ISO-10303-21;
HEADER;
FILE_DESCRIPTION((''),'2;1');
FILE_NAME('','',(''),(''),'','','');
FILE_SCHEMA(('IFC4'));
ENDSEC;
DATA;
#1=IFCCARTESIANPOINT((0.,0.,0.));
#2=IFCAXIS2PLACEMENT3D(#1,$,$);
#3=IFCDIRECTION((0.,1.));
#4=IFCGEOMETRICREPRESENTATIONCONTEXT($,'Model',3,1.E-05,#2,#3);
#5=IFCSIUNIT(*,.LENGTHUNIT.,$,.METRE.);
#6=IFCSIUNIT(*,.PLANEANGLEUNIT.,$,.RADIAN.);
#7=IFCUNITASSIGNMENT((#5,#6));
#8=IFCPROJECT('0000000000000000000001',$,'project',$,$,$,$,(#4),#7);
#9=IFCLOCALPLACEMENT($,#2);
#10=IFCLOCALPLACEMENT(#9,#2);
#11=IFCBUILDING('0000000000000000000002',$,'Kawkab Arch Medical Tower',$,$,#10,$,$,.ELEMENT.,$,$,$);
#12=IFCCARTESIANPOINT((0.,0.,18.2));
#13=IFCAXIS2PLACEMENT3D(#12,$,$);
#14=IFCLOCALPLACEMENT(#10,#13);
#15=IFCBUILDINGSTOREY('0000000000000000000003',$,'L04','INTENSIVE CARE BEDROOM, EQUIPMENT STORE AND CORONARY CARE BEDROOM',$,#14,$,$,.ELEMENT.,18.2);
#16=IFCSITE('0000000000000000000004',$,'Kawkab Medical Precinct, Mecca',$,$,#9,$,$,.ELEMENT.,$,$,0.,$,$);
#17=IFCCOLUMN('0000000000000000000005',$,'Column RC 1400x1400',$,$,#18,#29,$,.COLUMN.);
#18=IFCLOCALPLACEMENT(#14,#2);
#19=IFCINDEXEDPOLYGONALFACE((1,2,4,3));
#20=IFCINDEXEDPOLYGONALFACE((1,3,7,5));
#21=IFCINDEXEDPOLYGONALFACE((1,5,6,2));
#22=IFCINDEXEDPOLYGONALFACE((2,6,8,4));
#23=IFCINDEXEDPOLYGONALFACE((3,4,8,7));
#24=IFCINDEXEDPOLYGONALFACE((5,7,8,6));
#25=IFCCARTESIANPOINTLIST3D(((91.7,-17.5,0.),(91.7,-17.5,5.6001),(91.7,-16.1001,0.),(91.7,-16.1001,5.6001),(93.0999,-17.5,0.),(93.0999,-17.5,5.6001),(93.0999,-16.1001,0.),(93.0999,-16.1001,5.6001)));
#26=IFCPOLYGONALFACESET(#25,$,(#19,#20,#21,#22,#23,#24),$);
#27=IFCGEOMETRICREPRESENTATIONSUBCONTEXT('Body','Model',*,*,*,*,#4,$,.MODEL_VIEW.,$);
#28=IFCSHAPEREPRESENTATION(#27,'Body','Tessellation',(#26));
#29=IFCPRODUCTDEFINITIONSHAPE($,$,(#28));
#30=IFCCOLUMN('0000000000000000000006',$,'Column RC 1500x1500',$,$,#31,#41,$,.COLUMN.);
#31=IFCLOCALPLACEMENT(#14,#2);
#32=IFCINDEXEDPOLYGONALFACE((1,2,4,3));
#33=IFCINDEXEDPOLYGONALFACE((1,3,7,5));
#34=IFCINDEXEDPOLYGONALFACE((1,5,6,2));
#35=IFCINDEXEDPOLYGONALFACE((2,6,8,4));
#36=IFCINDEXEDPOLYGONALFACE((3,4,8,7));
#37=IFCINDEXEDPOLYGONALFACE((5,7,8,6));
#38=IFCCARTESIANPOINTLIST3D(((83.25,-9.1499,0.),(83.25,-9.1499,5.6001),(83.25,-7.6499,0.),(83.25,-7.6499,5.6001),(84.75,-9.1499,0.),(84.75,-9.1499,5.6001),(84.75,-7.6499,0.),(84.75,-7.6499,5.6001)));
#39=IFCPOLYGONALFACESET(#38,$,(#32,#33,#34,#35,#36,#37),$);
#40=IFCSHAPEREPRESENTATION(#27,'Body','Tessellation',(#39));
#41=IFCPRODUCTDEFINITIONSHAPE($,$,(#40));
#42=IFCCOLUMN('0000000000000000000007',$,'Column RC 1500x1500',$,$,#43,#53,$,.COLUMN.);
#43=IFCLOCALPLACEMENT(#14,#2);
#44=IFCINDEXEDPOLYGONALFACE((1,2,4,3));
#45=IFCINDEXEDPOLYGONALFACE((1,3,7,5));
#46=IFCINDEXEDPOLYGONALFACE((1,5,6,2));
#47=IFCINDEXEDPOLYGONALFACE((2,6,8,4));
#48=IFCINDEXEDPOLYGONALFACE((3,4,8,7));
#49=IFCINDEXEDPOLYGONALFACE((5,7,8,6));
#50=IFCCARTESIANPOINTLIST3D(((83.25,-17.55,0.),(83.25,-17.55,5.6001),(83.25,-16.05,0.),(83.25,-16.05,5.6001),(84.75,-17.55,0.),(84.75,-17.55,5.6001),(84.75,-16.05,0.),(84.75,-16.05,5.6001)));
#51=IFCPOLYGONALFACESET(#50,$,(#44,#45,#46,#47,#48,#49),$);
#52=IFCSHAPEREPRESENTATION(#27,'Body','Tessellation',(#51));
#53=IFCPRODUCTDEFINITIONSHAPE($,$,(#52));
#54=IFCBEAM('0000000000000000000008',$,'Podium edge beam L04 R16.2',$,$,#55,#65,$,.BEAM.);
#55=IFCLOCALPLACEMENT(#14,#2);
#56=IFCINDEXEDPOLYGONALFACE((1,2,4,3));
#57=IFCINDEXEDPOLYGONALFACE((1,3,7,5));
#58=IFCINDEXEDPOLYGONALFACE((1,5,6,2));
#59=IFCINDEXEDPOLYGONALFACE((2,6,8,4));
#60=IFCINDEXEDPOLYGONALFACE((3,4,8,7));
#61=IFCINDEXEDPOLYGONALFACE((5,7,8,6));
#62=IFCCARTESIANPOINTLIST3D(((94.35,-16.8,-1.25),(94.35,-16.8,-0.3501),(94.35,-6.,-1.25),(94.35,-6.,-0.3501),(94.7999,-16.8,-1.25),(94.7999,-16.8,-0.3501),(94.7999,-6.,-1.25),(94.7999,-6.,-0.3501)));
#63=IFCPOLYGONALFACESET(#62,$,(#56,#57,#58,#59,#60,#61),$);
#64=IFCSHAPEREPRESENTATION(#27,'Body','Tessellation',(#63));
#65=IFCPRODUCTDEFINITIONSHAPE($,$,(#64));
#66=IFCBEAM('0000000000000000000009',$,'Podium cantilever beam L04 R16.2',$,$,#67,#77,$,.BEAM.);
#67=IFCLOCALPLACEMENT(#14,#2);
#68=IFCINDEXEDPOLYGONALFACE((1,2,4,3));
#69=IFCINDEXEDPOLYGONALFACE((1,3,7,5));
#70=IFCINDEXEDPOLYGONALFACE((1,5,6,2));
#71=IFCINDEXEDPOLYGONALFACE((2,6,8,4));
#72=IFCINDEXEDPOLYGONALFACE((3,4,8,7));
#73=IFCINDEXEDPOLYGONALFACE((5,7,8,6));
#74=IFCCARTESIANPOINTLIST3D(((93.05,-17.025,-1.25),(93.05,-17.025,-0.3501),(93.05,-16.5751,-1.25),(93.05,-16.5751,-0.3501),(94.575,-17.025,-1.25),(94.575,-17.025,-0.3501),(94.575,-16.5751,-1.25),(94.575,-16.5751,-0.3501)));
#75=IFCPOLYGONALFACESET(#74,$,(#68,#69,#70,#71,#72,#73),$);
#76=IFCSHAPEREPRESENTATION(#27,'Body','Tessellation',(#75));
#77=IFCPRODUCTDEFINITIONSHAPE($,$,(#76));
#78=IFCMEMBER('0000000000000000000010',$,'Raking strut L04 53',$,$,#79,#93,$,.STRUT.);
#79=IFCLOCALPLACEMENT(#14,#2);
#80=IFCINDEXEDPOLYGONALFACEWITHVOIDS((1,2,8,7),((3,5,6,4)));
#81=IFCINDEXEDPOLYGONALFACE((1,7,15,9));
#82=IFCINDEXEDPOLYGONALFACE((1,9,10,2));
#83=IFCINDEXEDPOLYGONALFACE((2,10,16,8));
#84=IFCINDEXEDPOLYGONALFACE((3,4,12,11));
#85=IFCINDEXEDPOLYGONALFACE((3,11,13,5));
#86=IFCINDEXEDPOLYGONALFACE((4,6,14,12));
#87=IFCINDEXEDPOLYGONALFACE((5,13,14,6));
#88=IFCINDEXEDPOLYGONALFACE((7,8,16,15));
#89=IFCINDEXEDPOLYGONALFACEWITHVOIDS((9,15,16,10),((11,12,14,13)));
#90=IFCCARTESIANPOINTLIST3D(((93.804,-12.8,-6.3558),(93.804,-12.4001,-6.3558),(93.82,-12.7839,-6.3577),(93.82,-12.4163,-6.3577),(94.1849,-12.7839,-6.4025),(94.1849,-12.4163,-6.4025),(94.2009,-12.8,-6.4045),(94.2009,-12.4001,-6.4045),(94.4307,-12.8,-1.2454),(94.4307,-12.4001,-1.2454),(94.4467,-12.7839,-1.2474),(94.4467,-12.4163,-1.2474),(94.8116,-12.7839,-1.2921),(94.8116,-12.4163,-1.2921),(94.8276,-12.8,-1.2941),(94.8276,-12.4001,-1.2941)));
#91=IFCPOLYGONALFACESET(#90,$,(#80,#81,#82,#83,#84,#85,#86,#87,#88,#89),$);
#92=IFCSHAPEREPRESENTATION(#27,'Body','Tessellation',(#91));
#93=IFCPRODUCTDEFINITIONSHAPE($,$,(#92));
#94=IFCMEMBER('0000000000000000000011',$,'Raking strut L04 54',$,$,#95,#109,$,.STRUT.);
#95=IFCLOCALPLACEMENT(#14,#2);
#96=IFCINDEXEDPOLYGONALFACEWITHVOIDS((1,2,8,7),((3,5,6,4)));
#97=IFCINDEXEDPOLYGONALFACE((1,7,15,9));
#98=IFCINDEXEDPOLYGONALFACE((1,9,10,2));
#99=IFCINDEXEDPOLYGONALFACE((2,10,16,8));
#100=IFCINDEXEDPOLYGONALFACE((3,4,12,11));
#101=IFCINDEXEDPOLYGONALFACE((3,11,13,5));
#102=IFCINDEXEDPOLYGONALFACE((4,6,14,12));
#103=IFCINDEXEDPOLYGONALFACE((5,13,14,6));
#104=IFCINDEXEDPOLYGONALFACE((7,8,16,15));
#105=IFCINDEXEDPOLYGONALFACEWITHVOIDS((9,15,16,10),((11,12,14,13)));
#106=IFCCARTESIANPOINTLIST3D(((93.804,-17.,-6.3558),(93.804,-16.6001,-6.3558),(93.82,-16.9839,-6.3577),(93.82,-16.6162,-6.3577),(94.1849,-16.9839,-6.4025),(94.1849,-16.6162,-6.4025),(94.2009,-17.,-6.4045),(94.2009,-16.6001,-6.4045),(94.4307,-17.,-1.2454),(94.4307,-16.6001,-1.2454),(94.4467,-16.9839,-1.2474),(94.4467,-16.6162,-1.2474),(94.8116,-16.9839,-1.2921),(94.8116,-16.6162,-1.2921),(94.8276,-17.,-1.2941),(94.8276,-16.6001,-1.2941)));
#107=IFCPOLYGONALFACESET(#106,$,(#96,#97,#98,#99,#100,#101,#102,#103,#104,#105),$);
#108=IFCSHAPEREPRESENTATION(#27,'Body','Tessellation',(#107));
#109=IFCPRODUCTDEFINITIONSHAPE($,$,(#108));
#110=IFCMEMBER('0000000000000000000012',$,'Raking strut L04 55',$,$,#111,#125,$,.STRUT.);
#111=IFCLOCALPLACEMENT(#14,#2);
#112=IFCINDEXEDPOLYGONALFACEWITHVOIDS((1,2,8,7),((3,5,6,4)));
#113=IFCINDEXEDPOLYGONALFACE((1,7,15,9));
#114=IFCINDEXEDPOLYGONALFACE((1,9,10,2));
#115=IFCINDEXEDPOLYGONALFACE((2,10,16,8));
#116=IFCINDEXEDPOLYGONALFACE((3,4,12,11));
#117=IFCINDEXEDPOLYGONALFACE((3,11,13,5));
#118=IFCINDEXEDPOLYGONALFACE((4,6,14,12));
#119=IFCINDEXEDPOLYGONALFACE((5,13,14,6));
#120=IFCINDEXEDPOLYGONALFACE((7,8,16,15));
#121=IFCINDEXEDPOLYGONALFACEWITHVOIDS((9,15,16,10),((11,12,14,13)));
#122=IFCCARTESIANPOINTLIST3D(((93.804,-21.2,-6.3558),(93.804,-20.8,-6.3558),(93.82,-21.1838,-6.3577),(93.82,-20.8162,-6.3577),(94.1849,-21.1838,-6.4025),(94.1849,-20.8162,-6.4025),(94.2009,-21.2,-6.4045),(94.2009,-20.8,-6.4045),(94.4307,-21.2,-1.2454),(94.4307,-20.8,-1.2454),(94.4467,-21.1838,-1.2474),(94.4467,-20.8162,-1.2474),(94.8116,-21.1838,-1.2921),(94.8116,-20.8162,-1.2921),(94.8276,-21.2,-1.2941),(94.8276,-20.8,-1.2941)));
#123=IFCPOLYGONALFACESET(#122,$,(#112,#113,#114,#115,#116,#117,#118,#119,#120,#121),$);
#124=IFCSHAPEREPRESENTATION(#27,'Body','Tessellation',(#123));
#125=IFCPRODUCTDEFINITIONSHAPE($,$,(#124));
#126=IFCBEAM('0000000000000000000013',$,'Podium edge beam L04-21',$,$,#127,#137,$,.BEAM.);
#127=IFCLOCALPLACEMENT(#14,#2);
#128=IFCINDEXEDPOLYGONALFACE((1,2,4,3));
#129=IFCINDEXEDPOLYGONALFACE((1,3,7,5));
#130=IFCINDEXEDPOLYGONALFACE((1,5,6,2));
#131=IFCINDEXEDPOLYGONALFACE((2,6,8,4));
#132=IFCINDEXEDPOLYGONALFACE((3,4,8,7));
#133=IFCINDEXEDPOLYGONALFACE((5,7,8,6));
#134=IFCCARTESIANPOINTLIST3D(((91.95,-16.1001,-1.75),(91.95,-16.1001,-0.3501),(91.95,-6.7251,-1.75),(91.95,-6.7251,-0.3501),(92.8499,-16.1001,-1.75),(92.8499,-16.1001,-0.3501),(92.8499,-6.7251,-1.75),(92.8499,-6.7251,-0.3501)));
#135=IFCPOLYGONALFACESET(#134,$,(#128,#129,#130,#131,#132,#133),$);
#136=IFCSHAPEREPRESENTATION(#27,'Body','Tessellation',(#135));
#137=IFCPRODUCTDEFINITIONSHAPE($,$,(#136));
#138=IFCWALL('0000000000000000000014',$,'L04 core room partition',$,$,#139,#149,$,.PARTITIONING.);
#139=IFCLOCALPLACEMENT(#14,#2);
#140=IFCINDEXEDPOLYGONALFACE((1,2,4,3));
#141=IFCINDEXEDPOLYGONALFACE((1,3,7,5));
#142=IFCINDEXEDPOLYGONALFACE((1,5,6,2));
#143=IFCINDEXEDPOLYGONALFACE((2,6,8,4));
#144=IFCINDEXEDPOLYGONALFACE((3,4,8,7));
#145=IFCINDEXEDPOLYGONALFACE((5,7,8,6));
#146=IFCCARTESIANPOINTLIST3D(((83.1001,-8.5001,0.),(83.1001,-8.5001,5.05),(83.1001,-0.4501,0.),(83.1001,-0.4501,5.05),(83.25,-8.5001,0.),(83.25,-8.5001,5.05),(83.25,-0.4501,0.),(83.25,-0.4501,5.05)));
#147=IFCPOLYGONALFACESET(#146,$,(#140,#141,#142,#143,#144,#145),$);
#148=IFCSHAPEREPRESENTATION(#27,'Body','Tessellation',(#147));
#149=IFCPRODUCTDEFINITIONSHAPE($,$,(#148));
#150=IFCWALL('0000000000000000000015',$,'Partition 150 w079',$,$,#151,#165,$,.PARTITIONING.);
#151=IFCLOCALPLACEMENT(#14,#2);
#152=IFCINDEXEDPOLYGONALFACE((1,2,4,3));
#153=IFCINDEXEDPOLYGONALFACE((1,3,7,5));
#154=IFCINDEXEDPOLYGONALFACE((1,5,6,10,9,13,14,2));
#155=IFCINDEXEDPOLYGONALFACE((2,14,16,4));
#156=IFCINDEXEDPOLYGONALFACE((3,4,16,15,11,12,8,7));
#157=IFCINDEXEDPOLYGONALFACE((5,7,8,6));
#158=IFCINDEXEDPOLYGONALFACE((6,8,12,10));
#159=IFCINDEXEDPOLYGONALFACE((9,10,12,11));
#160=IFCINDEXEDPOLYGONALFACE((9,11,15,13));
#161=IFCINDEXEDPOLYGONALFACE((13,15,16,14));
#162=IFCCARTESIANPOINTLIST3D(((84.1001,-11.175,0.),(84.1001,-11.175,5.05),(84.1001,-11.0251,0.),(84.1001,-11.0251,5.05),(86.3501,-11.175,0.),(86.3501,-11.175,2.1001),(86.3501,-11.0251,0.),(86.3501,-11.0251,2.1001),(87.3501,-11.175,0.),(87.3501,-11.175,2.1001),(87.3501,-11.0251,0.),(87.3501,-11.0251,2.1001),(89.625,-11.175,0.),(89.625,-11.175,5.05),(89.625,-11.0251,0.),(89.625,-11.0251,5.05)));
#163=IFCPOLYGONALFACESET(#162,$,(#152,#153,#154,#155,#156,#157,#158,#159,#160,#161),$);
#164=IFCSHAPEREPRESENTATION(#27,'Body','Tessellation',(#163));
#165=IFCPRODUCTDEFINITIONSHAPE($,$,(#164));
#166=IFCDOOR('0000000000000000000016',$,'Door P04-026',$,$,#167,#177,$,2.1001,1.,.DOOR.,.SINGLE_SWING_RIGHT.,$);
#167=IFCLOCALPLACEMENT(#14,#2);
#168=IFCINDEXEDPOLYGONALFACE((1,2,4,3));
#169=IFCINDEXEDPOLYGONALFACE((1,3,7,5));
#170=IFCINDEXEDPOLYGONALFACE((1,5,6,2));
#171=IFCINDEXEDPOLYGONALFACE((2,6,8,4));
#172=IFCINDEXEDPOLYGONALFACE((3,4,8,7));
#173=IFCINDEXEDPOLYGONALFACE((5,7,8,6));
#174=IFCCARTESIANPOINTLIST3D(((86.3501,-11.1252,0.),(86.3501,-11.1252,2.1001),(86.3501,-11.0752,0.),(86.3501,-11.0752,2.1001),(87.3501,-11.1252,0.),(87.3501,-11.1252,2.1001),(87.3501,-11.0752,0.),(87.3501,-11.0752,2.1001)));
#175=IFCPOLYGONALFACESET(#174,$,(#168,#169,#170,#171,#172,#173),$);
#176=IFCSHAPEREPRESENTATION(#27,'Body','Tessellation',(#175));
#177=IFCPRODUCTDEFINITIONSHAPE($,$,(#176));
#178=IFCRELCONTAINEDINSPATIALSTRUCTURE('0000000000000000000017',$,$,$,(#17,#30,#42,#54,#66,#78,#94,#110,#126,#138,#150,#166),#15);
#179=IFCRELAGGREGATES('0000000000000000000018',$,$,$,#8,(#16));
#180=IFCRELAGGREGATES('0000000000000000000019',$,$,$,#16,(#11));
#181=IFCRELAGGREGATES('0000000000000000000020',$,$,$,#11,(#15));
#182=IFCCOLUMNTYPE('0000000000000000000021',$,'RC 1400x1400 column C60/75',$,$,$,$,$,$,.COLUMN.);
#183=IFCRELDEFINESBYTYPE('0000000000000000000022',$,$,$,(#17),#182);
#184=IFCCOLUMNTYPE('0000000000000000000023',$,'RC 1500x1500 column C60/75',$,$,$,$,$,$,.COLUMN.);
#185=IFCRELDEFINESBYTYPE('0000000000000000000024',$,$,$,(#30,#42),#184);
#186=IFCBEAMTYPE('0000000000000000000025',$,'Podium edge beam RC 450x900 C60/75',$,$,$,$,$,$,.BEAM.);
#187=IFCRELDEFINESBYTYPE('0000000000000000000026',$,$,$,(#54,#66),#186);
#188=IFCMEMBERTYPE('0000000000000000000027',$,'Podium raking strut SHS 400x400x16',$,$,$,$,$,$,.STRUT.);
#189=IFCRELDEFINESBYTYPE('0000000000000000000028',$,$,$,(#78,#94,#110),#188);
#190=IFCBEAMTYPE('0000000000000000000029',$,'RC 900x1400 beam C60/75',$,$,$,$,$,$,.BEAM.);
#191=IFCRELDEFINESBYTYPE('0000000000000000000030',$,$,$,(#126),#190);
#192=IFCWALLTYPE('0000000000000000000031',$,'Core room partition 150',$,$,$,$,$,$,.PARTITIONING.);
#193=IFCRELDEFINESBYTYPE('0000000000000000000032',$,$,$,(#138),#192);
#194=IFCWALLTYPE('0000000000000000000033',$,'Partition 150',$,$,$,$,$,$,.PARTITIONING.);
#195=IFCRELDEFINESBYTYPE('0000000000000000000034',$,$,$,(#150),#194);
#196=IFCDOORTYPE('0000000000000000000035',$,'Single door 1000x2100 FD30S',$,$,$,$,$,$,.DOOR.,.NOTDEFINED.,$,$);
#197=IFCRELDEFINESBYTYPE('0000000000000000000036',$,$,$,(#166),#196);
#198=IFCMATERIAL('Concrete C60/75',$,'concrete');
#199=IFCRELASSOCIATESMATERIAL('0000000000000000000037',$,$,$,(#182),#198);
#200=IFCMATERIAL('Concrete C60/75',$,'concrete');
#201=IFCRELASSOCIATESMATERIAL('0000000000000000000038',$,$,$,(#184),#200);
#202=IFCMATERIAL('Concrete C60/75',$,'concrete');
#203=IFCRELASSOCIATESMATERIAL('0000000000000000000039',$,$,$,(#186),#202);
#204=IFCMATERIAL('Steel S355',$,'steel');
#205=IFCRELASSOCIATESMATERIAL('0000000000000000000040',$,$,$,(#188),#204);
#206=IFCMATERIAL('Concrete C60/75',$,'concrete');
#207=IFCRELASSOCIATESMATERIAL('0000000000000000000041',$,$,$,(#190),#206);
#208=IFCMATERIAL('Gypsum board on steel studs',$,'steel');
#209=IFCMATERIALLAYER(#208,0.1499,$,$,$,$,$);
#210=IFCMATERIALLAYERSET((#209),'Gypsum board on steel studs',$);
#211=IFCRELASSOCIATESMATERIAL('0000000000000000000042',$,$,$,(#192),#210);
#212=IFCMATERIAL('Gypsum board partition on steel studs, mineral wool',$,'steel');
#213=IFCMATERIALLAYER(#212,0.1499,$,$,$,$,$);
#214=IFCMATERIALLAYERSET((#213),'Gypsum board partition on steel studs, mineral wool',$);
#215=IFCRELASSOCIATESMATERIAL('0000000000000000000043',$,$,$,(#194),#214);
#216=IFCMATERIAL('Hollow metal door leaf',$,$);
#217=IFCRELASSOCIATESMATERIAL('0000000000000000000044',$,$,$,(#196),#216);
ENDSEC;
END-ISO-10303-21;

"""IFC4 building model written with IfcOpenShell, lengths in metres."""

from ifc_helpers import new_model, si_unit, direction, frame, frame_2d, origin, origin_2d, place, context, subcontext, project, spatial, rectangle, hollow_rectangle, extrude, material, layer, layer_set, material_profile, profile_set, type_object, element, fill, save


model = new_model("IFC4")

# Units and contexts
model_context = context("Model", 3, precision=1e-05, world=origin(), true_north=direction((0.0, 1.0)))
body_context = subcontext(model_context, "Body", "Model", "MODEL_VIEW")
ifc_project = project(units=[si_unit("LENGTHUNIT", "METRE"), si_unit("PLANEANGLEUNIT", "RADIAN")], contexts=[model_context])

# Site, building, storey
site_placement = place(None, origin())
site = spatial("IfcSite", under=ifc_project, at=site_placement, Name="Kawkab Medical Precinct, Mecca", CompositionType="ELEMENT", RefElevation=0.0)
building_placement = place(site_placement, origin())
building = spatial("IfcBuilding", under=site, at=building_placement, Name="Kawkab Arch Medical Tower", CompositionType="ELEMENT")
storey_placement = place(building_placement, frame((0.0, 0.0, 18.2)))
storey = spatial("IfcBuildingStorey", under=building, at=storey_placement, Name="L04", Description="INTENSIVE CARE BEDROOM, EQUIPMENT STORE AND CORONARY CARE BEDROOM", CompositionType="ELEMENT", Elevation=18.2)

# Columns
ifc_material_1 = material(Name="Concrete C60/75", Category="concrete")
ifc_material_profile_1 = material_profile(ifc_material_1, rectangle(XDim=1.3999, YDim=1.3999, at=origin_2d()), Name="RC 1400x1400")
ifc_profile_set_1 = profile_set([ifc_material_profile_1], Name="Concrete C60/75")
column_type_1 = type_object("IfcColumnType", Name="RC 1400x1400 column C60/75", PredefinedType="COLUMN", material=ifc_profile_set_1)
column_placement = place(storey_placement, frame((92.3999, -16.8, 0.0), z_axis=(0.0, 0.0, 1.0), x_axis=(1.0, 0.0, 0.0)))
element("IfcColumn", 1, at=column_placement, inside=storey, type_object=column_type_1, Name="Column RC 1400x1400", PredefinedType="COLUMN", context=body_context, shape_type="SweptSolid", body=[
    extrude(rectangle(XDim=1.3999, YDim=1.3999, at=origin_2d()), origin(), (0.0, 0.0, 1.0), 5.6001),
])
ifc_material_2 = material(Name="Concrete C60/75", Category="concrete")
ifc_material_profile_2 = material_profile(ifc_material_2, rectangle(XDim=1.5, YDim=1.5, at=origin_2d()), Name="RC 1500x1500")
ifc_profile_set_2 = profile_set([ifc_material_profile_2], Name="Concrete C60/75")
column_type_2 = type_object("IfcColumnType", Name="RC 1500x1500 column C60/75", PredefinedType="COLUMN", material=ifc_profile_set_2)
for number, where, z_axis, x_axis, name in (
    (2, (84.0, -8.3999, 0.0), (0.0, 0.0, 1.0), (1.0, 0.0, 0.0), "Column RC 1500x1500"),
    (3, (84.0, -16.8, 0.0), (0.0, 0.0, 1.0), (1.0, 0.0, 0.0), "Column RC 1500x1500"),
):
    element("IfcColumn", number, at=place(storey_placement, frame(where, z_axis=z_axis, x_axis=x_axis)), inside=storey, type_object=column_type_2, Name=name, PredefinedType="COLUMN", context=body_context, shape_type="SweptSolid", body=[
        extrude(rectangle(XDim=1.5, YDim=1.5, at=origin_2d()), origin(), (0.0, 0.0, 1.0), 5.6001),
    ])

# Beams
ifc_material_3 = material(Name="Concrete C60/75", Category="concrete")
ifc_material_profile_3 = material_profile(ifc_material_3, rectangle(XDim=0.45, YDim=0.8999, at=origin_2d()), Name="RC 450x900")
ifc_profile_set_3 = profile_set([ifc_material_profile_3], Name="Concrete C60/75")
beam_type_1 = type_object("IfcBeamType", Name="Podium edge beam RC 450x900 C60/75", PredefinedType="BEAM", material=ifc_profile_set_3)
beam_1_placement = place(storey_placement, frame((94.575, -16.8, -0.8), z_axis=(0.0, 1.0, 0.0), x_axis=(-1.0, 0.0, 0.0)))
element("IfcBeam", 4, at=beam_1_placement, inside=storey, type_object=beam_type_1, Name="Podium edge beam L04 R16.2", PredefinedType="BEAM", context=body_context, shape_type="SweptSolid", body=[
    extrude(rectangle(XDim=0.45, YDim=0.8999, at=origin_2d()), origin(), (0.0, 0.0, 1.0), 10.8),
])
beam_2_placement = place(storey_placement, frame((93.05, -16.8, -0.8), z_axis=(1.0, 0.0, 0.0), x_axis=(0.0, 1.0, 0.0)))
element("IfcBeam", 5, at=beam_2_placement, inside=storey, type_object=beam_type_1, Name="Podium cantilever beam L04 R16.2", PredefinedType="BEAM", context=body_context, shape_type="SweptSolid", body=[
    extrude(rectangle(XDim=0.45, YDim=0.8999, at=origin_2d()), origin(), (0.0, 0.0, 1.0), 1.5249),
])

# Members
ifc_material_4 = material(Name="Steel S355", Category="steel")
ifc_material_profile_4 = material_profile(ifc_material_4, hollow_rectangle(XDim=0.3999, YDim=0.3999, WallThickness=0.0161, at=origin_2d()), Name="SHS 400x400x16")
ifc_profile_set_4 = profile_set([ifc_material_profile_4], Name="Steel S355")
member_type = type_object("IfcMemberType", Name="Podium raking strut SHS 400x400x16", PredefinedType="STRUT", material=ifc_profile_set_4)
for number, where, z_axis, x_axis, name in (
    (6, (94.0024, -12.6001, -6.3801), (0.121723, 0.0, 0.992564), (0.0, 1.0, 0.0), "Raking strut L04 53"),
    (7, (94.0024, -16.8, -6.3801), (0.121723, 0.0, 0.992564), (0.0, 1.0, 0.0), "Raking strut L04 54"),
    (8, (94.0024, -21.0, -6.3801), (0.121723, 0.0, 0.992564), (0.0, 1.0, 0.0), "Raking strut L04 55"),
):
    element("IfcMember", number, at=place(storey_placement, frame(where, z_axis=z_axis, x_axis=x_axis)), inside=storey, type_object=member_type, Name=name, PredefinedType="STRUT", context=body_context, shape_type="SweptSolid", body=[
        extrude(hollow_rectangle(XDim=0.3999, YDim=0.3999, WallThickness=0.0161, at=origin_2d()), origin(), (0.0, 0.0, 1.0), 5.1487),
    ])

# Beam
ifc_material_5 = material(Name="Concrete C60/75", Category="concrete")
ifc_material_profile_5 = material_profile(ifc_material_5, rectangle(XDim=0.8999, YDim=1.3999, at=origin_2d()), Name="RC 900x1400")
ifc_profile_set_5 = profile_set([ifc_material_profile_5], Name="Concrete C60/75")
beam_type_2 = type_object("IfcBeamType", Name="RC 900x1400 beam C60/75", PredefinedType="BEAM", material=ifc_profile_set_5)
beam_3_placement = place(storey_placement, frame((92.3999, -16.1001, -1.05), z_axis=(0.0, 1.0, 0.0), x_axis=(-1.0, 0.0, 0.0)))
element("IfcBeam", 9, at=beam_3_placement, inside=storey, type_object=beam_type_2, Name="Podium edge beam L04-21", PredefinedType="BEAM", context=body_context, shape_type="SweptSolid", body=[
    extrude(rectangle(XDim=0.8999, YDim=1.3999, at=origin_2d()), origin(), (0.0, 0.0, 1.0), 9.375),
])

# Wall
ifc_material_6 = material(Name="Gypsum board on steel studs", Category="steel")
ifc_layer_1 = layer(ifc_material_6, 0.1499)
ifc_layer_set_1 = layer_set([ifc_layer_1], Name="Gypsum board on steel studs")
wall_type_1 = type_object("IfcWallType", Name="Core room partition 150", PredefinedType="PARTITIONING", material=ifc_layer_set_1)
wall_1_placement = place(storey_placement, frame((83.175, -8.5, 0.0), z_axis=(0.0, 0.0, 1.0), x_axis=(0.0, 1.0, 0.0)))
element("IfcWall", 10, at=wall_1_placement, inside=storey, type_object=wall_type_1, Name="L04 core room partition", PredefinedType="PARTITIONING", context=body_context, shape_type="SweptSolid", body=[
    extrude(rectangle(XDim=8.05, YDim=0.1499, at=frame_2d((4.0249, 0.0))), origin(), (0.0, 0.0, 1.0), 5.05),
])

# Wall, opening, door
ifc_material_7 = material(Name="Gypsum board partition on steel studs, mineral wool", Category="steel")
ifc_layer_2 = layer(ifc_material_7, 0.1499)
ifc_layer_set_2 = layer_set([ifc_layer_2], Name="Gypsum board partition on steel studs, mineral wool")
wall_type_2 = type_object("IfcWallType", Name="Partition 150", PredefinedType="PARTITIONING", material=ifc_layer_set_2)
wall_2_placement = place(storey_placement, frame((84.1001, -11.1001, 0.0), z_axis=(0.0, 0.0, 1.0), x_axis=(1.0, 0.0, 0.0)))
wall_2 = element("IfcWall", 11, at=wall_2_placement, inside=storey, type_object=wall_type_2, Name="Partition 150 w079", PredefinedType="PARTITIONING", context=body_context, shape_type="SweptSolid", body=[
    extrude(rectangle(XDim=5.5249, YDim=0.1499, at=frame_2d((2.7625, 0.0))), origin(), (0.0, 0.0, 1.0), 5.05),
])
opening_1_placement = place(wall_2_placement, frame((2.25, 0.0, 0.0)))
opening_1 = element("IfcOpeningElement", 12, at=opening_1_placement, cuts=wall_2, PredefinedType="OPENING", context=body_context, shape_type="SweptSolid", body=[
    extrude(rectangle(XDim=1.0, YDim=2.1001, at=frame_2d((0.5, 1.05))), frame((0.0, 0.085, 0.0), z_axis=(0.0, -1.0, 0.0), x_axis=(1.0, 0.0, 0.0)), (0.0, 0.0, 1.0), 0.1699),
])
ifc_material_8 = material(Name="Hollow metal door leaf")
door_type_1 = type_object("IfcDoorType", Name="Single door 1000x2100 FD30S", OperationType="NOTDEFINED", PredefinedType="DOOR", material=ifc_material_8)
door_1_placement = place(opening_1_placement, origin())
door_1 = element("IfcDoor", 13, at=door_1_placement, inside=storey, type_object=door_type_1, Name="Door P04-026", OperationType="SINGLE_SWING_RIGHT", OverallHeight=2.1001, OverallWidth=1.0, PredefinedType="DOOR", context=body_context, shape_type="SweptSolid", body=[
    extrude(rectangle(XDim=1.0, YDim=2.1001, at=frame_2d((0.5, 1.05))), frame((0.0, 0.0249, 0.0), z_axis=(0.0, -1.0, 0.0), x_axis=(1.0, 0.0, 0.0)), (0.0, 0.0, 1.0), 0.05),
])
fill(opening_1, door_1)

save(model, "model.ifc")
